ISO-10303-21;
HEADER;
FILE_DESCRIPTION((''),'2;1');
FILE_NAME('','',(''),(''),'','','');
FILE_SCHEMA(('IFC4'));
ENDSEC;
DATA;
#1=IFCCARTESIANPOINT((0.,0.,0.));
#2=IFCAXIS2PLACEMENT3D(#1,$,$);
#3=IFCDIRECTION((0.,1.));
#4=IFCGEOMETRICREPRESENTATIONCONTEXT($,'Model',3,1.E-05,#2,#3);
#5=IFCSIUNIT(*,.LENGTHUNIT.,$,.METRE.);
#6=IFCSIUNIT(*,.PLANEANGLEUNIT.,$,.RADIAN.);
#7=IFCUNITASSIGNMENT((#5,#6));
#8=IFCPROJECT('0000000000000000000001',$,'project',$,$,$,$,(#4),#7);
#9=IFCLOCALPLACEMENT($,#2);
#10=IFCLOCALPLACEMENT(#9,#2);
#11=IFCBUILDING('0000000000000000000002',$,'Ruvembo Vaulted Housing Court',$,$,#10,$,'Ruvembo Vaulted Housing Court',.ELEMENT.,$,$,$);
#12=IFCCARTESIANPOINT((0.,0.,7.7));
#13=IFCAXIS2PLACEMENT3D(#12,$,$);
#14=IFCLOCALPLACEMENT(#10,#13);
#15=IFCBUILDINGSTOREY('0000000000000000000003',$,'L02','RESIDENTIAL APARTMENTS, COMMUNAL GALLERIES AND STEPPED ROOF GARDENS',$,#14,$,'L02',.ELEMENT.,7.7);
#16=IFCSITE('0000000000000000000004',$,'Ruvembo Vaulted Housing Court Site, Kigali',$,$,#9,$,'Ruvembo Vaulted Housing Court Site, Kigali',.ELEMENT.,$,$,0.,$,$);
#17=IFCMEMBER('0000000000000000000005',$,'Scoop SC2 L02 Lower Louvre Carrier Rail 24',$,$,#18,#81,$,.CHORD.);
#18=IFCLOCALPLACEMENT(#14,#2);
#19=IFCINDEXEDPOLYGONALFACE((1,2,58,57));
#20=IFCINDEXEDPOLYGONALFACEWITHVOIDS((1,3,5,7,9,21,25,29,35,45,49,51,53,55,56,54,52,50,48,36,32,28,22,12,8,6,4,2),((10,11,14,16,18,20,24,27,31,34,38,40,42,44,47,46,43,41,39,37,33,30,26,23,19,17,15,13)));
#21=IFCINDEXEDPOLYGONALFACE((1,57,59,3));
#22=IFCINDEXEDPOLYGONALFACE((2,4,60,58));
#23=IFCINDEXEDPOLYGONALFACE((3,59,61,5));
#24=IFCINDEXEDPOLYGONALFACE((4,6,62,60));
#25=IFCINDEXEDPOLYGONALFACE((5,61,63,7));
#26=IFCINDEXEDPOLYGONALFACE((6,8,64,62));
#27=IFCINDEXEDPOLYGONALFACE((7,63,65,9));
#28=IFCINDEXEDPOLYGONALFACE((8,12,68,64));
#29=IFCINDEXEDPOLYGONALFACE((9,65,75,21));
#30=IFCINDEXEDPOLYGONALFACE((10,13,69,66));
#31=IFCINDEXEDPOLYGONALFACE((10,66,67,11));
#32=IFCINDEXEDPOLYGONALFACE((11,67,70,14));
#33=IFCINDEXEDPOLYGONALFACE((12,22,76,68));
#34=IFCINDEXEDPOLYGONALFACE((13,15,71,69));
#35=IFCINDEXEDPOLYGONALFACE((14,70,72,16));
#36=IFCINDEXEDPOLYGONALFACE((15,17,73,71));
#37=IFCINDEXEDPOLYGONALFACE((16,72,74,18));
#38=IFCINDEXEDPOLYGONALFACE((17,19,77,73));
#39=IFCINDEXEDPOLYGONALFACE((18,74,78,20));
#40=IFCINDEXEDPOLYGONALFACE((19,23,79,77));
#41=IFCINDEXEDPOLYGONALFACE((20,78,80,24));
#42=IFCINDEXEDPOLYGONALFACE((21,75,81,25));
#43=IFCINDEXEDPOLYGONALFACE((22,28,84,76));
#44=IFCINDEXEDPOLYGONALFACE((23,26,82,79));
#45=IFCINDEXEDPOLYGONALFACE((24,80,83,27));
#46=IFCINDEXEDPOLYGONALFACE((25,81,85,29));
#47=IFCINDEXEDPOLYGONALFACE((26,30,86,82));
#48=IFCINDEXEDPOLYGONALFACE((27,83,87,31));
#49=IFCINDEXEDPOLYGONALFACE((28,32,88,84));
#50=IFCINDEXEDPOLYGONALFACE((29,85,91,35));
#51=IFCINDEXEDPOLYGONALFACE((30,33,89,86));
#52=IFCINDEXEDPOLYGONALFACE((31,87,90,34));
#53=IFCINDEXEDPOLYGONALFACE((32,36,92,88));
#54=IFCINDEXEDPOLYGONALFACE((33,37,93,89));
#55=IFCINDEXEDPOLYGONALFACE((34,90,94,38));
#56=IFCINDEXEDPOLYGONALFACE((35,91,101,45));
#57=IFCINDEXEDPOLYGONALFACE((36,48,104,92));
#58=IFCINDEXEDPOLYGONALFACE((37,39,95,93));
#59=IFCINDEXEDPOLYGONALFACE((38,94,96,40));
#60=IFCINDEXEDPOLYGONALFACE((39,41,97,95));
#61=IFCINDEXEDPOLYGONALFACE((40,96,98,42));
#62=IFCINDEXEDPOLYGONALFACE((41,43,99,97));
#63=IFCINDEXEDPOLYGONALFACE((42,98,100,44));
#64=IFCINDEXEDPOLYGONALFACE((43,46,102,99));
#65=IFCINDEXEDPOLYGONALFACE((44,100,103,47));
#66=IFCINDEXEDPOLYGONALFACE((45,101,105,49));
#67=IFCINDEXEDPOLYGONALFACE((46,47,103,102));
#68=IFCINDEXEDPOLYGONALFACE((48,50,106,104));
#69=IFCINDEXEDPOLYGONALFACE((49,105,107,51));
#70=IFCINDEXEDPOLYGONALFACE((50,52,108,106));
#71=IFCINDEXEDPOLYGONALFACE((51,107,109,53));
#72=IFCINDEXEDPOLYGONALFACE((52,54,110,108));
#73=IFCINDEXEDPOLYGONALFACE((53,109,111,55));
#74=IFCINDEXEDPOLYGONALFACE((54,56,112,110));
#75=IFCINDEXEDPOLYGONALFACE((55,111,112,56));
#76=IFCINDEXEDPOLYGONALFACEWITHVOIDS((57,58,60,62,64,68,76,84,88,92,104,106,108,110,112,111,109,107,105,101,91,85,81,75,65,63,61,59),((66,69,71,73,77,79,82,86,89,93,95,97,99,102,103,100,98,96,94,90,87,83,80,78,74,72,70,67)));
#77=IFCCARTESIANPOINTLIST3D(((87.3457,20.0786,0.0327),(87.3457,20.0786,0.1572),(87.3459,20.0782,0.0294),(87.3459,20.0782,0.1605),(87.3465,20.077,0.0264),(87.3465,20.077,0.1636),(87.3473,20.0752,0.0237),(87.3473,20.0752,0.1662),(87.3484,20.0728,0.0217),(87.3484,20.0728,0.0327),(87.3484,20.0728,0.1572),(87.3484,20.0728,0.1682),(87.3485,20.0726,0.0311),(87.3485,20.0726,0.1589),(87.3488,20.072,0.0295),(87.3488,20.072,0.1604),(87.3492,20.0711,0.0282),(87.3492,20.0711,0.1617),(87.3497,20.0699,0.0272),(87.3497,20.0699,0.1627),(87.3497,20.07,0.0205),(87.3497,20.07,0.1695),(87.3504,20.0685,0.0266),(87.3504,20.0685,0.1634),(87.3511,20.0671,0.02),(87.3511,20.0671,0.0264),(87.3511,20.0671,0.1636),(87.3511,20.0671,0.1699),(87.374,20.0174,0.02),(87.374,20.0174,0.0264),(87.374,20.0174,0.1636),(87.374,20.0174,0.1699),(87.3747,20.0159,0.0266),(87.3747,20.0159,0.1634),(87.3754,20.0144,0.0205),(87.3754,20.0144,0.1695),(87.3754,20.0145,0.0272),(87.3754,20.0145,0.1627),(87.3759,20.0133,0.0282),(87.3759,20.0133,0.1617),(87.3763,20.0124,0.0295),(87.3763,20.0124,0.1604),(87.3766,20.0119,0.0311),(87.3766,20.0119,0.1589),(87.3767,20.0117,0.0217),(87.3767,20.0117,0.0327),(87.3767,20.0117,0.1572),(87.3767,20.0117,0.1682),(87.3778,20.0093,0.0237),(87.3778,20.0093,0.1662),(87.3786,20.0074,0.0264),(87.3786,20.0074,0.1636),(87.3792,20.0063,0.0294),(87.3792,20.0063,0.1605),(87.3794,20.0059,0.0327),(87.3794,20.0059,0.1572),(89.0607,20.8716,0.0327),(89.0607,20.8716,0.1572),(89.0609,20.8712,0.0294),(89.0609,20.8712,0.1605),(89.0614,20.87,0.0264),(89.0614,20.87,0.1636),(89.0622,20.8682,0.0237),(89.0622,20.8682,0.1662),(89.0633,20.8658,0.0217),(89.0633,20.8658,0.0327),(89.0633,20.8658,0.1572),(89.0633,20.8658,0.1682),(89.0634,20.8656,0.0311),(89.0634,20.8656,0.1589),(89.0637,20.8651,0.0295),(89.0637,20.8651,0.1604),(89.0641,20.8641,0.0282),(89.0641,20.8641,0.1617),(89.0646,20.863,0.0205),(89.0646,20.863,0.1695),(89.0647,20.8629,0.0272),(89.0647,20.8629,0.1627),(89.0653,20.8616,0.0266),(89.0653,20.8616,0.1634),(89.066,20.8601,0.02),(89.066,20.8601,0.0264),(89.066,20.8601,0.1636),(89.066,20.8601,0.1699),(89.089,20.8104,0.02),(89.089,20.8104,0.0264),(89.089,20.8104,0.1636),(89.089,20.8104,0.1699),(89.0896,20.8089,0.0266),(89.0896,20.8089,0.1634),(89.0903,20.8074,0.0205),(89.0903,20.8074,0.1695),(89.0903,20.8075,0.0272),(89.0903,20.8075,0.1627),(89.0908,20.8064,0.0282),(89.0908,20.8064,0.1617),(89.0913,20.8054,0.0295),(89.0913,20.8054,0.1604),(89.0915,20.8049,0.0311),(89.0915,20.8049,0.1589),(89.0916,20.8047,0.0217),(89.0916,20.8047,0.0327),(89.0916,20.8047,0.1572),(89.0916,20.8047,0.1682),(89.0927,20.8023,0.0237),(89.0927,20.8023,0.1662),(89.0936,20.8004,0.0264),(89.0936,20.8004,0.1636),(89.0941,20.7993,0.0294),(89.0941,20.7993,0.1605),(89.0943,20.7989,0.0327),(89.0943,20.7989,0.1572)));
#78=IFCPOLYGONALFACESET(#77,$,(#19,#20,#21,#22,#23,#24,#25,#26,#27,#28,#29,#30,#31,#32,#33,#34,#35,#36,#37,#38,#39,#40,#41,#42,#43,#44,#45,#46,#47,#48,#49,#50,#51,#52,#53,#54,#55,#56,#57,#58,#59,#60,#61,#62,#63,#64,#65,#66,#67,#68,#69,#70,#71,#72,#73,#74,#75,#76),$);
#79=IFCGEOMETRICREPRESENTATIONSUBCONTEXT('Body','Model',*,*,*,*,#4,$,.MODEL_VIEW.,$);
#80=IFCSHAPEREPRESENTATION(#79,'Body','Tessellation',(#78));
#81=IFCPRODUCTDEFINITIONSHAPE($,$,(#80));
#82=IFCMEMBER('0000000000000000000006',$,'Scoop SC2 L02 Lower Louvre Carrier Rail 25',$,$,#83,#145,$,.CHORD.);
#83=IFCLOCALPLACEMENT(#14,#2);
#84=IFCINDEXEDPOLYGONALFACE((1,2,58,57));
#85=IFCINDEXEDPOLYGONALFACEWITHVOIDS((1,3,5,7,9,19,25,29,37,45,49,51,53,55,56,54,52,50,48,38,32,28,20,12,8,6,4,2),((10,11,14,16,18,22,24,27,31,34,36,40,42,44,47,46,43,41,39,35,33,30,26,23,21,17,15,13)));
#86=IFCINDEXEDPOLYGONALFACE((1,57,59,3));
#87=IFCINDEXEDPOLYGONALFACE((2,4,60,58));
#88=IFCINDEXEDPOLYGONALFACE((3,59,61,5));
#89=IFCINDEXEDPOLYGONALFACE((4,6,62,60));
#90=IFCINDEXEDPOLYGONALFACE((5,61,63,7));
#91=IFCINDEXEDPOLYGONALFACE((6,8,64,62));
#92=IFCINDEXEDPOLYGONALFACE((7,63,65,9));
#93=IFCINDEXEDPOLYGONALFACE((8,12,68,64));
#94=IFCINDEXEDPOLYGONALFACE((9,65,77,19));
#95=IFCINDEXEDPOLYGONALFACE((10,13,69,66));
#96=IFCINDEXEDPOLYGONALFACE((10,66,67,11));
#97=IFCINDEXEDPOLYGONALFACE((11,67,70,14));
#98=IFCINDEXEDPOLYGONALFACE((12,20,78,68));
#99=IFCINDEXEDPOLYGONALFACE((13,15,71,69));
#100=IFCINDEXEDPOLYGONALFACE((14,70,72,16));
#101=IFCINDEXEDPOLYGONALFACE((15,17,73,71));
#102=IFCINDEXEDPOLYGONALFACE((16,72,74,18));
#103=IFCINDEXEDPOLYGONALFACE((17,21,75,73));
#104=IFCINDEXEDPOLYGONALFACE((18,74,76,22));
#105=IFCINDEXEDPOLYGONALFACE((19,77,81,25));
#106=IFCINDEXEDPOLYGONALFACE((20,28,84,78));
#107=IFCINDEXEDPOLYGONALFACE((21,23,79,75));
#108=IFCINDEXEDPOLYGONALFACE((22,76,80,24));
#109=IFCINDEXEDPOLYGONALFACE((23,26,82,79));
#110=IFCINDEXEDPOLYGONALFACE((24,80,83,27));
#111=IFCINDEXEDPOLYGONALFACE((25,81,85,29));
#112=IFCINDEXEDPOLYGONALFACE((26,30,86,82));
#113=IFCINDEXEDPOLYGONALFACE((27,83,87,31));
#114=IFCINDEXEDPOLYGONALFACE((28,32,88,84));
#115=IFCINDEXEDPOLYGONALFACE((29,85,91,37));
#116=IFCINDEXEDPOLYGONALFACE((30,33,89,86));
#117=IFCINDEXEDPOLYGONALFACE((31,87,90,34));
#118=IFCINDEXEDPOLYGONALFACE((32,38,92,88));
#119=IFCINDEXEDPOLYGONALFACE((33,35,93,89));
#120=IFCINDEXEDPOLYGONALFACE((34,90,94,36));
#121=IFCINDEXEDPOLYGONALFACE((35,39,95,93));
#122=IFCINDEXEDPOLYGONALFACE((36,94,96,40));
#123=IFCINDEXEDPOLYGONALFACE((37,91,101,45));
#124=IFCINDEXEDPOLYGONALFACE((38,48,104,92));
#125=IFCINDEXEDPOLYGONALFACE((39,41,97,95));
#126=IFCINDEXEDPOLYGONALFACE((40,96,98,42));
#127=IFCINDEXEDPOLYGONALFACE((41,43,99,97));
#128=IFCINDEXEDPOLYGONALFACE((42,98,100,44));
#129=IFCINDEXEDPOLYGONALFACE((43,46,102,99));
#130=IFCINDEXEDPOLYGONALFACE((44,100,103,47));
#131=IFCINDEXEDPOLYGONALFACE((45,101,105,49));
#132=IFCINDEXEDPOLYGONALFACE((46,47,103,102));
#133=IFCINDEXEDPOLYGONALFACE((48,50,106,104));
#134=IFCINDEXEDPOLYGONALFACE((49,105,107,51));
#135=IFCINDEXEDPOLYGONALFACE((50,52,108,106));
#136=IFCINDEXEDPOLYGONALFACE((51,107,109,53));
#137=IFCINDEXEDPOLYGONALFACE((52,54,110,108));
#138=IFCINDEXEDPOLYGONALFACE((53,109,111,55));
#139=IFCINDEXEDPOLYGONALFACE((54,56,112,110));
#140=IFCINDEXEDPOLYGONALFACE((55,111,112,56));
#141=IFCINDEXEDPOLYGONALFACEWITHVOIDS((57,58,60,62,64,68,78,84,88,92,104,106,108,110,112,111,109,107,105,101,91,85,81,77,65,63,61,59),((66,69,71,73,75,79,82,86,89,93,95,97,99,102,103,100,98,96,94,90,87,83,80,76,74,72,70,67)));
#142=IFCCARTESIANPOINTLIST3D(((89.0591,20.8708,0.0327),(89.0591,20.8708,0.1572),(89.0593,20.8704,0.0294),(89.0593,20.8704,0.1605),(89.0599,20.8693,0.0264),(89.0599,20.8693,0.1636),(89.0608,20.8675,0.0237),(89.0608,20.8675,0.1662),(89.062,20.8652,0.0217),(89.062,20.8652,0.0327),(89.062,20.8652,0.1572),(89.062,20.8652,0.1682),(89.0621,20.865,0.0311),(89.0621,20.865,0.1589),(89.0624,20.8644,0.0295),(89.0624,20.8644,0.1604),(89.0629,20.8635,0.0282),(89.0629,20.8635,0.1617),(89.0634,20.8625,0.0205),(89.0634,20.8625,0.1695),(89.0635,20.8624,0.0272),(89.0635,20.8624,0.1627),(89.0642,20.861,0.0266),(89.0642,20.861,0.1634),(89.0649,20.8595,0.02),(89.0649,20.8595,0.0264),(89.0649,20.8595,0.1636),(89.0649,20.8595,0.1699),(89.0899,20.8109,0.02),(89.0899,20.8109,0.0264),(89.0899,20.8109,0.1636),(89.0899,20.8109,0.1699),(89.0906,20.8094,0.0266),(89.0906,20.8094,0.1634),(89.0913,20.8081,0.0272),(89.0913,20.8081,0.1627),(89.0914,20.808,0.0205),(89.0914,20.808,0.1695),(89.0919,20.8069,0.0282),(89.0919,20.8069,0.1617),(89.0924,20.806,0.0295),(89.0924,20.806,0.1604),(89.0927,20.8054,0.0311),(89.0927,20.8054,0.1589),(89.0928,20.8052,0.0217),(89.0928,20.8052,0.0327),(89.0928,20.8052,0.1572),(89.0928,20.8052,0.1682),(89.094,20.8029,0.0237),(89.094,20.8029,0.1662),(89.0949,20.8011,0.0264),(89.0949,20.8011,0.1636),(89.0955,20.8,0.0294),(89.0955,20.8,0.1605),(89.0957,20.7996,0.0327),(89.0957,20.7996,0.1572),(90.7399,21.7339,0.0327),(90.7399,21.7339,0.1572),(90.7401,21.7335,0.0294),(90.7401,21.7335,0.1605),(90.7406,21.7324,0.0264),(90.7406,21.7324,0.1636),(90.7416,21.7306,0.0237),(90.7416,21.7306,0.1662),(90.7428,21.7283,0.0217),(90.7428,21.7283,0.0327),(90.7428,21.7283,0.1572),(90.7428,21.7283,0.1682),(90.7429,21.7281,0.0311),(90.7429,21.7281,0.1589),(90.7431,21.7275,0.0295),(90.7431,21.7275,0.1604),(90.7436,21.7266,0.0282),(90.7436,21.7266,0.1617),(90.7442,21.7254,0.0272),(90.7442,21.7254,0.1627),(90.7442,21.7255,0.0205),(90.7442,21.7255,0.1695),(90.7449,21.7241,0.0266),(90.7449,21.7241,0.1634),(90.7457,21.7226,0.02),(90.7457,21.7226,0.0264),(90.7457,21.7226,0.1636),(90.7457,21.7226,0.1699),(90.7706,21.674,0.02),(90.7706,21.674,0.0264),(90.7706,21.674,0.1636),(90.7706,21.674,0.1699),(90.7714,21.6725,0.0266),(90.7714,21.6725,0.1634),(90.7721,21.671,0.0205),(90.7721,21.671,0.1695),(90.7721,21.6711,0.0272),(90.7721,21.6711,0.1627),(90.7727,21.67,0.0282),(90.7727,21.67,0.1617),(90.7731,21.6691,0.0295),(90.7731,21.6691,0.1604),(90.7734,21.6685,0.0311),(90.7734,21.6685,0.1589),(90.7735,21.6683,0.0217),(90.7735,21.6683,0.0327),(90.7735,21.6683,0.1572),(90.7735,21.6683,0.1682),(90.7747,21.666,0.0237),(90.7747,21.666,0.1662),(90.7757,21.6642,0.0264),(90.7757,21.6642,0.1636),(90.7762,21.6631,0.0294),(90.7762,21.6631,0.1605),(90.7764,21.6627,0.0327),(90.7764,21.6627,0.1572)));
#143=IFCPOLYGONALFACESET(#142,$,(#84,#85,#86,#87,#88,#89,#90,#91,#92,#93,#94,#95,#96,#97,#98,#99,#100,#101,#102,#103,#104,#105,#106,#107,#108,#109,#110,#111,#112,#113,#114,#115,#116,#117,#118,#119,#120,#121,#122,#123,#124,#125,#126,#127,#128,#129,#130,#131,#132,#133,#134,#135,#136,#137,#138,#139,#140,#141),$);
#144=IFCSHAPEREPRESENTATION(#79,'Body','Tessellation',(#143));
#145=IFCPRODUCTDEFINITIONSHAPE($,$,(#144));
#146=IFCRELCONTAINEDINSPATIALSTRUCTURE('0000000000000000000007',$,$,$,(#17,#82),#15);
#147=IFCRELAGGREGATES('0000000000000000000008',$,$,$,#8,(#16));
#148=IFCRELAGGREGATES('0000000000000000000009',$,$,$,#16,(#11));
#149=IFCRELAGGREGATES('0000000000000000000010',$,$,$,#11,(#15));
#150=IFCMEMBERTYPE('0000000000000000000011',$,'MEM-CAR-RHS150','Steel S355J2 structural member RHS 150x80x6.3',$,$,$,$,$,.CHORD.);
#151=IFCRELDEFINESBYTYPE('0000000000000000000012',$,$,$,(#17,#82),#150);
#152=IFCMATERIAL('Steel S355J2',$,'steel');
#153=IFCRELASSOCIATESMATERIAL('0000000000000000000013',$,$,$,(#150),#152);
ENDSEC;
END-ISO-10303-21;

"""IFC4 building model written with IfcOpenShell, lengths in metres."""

from ifc_helpers import new_model, si_unit, direction, frame, origin, origin_2d, place, context, subcontext, project, spatial, hollow_rectangle, extrude, material, material_profile, profile_set, type_object, element, save


model = new_model("IFC4")

# Units and contexts
model_context = context("Model", 3, precision=1e-05, world=origin(), true_north=direction((0.0, 1.0)))
body_context = subcontext(model_context, "Body", "Model", "MODEL_VIEW")
ifc_project = project(units=[si_unit("LENGTHUNIT", "METRE"), si_unit("PLANEANGLEUNIT", "RADIAN")], contexts=[model_context])

# Site, building, storey
site_placement = place(None, origin())
site = spatial("IfcSite", under=ifc_project, at=site_placement, Name="Ruvembo Vaulted Housing Court Site, Kigali", LongName="Ruvembo Vaulted Housing Court Site, Kigali", CompositionType="ELEMENT", RefElevation=0.0)
building_placement = place(site_placement, origin())
building = spatial("IfcBuilding", under=site, at=building_placement, Name="Ruvembo Vaulted Housing Court", LongName="Ruvembo Vaulted Housing Court", CompositionType="ELEMENT")
storey_placement = place(building_placement, frame((0.0, 0.0, 7.7)))
storey = spatial("IfcBuildingStorey", under=building, at=storey_placement, Name="L02", Description="RESIDENTIAL APARTMENTS, COMMUNAL GALLERIES AND STEPPED ROOF GARDENS", LongName="L02", CompositionType="ELEMENT", Elevation=7.7)

# Shared definitions
ifc_material_1 = material(Name="Steel S355J2", Category="steel")

# Members
ifc_material_profile_1 = material_profile(ifc_material_1, hollow_rectangle(XDim=0.0801, YDim=0.1499, WallThickness=0.0063, InnerFilletRadius=0.0063, OuterFilletRadius=0.0127, at=origin_2d()), Name="RHS 150x80x6.3")
ifc_profile_set_1 = profile_set([ifc_material_profile_1], Name="Steel S355J2")
member_type_1 = type_object("IfcMemberType", Name="MEM-CAR-RHS150", Description="Steel S355J2 structural member RHS 150x80x6.3", PredefinedType="CHORD", material=ifc_profile_set_1)
for number, where, z_axis, x_axis, name in (
    (1, (87.3625, 20.0422, 0.095), (0.907657, 0.419714, 0.0), (-0.419714, 0.907657, 0.0), "Scoop SC2 L02 Lower Louvre Carrier Rail 24"),
    (2, (89.0774, 20.8352, 0.095), (0.889568, 0.456802, 0.0), (-0.456802, 0.889568, 0.0), "Scoop SC2 L02 Lower Louvre Carrier Rail 25"),
):
    element("IfcMember", number, at=place(storey_placement, frame(where, z_axis=z_axis, x_axis=x_axis)), inside=storey, type_object=member_type_1, Name=name, PredefinedType="CHORD", context=body_context, shape_type="SweptSolid", body=[
        extrude(hollow_rectangle(XDim=0.0801, YDim=0.1499, WallThickness=0.0063, InnerFilletRadius=0.0063, OuterFilletRadius=0.0127, at=origin_2d()), origin(), (0.0, 0.0, 1.0), 1.8894),
    ])

save(model, "model.ifc")
